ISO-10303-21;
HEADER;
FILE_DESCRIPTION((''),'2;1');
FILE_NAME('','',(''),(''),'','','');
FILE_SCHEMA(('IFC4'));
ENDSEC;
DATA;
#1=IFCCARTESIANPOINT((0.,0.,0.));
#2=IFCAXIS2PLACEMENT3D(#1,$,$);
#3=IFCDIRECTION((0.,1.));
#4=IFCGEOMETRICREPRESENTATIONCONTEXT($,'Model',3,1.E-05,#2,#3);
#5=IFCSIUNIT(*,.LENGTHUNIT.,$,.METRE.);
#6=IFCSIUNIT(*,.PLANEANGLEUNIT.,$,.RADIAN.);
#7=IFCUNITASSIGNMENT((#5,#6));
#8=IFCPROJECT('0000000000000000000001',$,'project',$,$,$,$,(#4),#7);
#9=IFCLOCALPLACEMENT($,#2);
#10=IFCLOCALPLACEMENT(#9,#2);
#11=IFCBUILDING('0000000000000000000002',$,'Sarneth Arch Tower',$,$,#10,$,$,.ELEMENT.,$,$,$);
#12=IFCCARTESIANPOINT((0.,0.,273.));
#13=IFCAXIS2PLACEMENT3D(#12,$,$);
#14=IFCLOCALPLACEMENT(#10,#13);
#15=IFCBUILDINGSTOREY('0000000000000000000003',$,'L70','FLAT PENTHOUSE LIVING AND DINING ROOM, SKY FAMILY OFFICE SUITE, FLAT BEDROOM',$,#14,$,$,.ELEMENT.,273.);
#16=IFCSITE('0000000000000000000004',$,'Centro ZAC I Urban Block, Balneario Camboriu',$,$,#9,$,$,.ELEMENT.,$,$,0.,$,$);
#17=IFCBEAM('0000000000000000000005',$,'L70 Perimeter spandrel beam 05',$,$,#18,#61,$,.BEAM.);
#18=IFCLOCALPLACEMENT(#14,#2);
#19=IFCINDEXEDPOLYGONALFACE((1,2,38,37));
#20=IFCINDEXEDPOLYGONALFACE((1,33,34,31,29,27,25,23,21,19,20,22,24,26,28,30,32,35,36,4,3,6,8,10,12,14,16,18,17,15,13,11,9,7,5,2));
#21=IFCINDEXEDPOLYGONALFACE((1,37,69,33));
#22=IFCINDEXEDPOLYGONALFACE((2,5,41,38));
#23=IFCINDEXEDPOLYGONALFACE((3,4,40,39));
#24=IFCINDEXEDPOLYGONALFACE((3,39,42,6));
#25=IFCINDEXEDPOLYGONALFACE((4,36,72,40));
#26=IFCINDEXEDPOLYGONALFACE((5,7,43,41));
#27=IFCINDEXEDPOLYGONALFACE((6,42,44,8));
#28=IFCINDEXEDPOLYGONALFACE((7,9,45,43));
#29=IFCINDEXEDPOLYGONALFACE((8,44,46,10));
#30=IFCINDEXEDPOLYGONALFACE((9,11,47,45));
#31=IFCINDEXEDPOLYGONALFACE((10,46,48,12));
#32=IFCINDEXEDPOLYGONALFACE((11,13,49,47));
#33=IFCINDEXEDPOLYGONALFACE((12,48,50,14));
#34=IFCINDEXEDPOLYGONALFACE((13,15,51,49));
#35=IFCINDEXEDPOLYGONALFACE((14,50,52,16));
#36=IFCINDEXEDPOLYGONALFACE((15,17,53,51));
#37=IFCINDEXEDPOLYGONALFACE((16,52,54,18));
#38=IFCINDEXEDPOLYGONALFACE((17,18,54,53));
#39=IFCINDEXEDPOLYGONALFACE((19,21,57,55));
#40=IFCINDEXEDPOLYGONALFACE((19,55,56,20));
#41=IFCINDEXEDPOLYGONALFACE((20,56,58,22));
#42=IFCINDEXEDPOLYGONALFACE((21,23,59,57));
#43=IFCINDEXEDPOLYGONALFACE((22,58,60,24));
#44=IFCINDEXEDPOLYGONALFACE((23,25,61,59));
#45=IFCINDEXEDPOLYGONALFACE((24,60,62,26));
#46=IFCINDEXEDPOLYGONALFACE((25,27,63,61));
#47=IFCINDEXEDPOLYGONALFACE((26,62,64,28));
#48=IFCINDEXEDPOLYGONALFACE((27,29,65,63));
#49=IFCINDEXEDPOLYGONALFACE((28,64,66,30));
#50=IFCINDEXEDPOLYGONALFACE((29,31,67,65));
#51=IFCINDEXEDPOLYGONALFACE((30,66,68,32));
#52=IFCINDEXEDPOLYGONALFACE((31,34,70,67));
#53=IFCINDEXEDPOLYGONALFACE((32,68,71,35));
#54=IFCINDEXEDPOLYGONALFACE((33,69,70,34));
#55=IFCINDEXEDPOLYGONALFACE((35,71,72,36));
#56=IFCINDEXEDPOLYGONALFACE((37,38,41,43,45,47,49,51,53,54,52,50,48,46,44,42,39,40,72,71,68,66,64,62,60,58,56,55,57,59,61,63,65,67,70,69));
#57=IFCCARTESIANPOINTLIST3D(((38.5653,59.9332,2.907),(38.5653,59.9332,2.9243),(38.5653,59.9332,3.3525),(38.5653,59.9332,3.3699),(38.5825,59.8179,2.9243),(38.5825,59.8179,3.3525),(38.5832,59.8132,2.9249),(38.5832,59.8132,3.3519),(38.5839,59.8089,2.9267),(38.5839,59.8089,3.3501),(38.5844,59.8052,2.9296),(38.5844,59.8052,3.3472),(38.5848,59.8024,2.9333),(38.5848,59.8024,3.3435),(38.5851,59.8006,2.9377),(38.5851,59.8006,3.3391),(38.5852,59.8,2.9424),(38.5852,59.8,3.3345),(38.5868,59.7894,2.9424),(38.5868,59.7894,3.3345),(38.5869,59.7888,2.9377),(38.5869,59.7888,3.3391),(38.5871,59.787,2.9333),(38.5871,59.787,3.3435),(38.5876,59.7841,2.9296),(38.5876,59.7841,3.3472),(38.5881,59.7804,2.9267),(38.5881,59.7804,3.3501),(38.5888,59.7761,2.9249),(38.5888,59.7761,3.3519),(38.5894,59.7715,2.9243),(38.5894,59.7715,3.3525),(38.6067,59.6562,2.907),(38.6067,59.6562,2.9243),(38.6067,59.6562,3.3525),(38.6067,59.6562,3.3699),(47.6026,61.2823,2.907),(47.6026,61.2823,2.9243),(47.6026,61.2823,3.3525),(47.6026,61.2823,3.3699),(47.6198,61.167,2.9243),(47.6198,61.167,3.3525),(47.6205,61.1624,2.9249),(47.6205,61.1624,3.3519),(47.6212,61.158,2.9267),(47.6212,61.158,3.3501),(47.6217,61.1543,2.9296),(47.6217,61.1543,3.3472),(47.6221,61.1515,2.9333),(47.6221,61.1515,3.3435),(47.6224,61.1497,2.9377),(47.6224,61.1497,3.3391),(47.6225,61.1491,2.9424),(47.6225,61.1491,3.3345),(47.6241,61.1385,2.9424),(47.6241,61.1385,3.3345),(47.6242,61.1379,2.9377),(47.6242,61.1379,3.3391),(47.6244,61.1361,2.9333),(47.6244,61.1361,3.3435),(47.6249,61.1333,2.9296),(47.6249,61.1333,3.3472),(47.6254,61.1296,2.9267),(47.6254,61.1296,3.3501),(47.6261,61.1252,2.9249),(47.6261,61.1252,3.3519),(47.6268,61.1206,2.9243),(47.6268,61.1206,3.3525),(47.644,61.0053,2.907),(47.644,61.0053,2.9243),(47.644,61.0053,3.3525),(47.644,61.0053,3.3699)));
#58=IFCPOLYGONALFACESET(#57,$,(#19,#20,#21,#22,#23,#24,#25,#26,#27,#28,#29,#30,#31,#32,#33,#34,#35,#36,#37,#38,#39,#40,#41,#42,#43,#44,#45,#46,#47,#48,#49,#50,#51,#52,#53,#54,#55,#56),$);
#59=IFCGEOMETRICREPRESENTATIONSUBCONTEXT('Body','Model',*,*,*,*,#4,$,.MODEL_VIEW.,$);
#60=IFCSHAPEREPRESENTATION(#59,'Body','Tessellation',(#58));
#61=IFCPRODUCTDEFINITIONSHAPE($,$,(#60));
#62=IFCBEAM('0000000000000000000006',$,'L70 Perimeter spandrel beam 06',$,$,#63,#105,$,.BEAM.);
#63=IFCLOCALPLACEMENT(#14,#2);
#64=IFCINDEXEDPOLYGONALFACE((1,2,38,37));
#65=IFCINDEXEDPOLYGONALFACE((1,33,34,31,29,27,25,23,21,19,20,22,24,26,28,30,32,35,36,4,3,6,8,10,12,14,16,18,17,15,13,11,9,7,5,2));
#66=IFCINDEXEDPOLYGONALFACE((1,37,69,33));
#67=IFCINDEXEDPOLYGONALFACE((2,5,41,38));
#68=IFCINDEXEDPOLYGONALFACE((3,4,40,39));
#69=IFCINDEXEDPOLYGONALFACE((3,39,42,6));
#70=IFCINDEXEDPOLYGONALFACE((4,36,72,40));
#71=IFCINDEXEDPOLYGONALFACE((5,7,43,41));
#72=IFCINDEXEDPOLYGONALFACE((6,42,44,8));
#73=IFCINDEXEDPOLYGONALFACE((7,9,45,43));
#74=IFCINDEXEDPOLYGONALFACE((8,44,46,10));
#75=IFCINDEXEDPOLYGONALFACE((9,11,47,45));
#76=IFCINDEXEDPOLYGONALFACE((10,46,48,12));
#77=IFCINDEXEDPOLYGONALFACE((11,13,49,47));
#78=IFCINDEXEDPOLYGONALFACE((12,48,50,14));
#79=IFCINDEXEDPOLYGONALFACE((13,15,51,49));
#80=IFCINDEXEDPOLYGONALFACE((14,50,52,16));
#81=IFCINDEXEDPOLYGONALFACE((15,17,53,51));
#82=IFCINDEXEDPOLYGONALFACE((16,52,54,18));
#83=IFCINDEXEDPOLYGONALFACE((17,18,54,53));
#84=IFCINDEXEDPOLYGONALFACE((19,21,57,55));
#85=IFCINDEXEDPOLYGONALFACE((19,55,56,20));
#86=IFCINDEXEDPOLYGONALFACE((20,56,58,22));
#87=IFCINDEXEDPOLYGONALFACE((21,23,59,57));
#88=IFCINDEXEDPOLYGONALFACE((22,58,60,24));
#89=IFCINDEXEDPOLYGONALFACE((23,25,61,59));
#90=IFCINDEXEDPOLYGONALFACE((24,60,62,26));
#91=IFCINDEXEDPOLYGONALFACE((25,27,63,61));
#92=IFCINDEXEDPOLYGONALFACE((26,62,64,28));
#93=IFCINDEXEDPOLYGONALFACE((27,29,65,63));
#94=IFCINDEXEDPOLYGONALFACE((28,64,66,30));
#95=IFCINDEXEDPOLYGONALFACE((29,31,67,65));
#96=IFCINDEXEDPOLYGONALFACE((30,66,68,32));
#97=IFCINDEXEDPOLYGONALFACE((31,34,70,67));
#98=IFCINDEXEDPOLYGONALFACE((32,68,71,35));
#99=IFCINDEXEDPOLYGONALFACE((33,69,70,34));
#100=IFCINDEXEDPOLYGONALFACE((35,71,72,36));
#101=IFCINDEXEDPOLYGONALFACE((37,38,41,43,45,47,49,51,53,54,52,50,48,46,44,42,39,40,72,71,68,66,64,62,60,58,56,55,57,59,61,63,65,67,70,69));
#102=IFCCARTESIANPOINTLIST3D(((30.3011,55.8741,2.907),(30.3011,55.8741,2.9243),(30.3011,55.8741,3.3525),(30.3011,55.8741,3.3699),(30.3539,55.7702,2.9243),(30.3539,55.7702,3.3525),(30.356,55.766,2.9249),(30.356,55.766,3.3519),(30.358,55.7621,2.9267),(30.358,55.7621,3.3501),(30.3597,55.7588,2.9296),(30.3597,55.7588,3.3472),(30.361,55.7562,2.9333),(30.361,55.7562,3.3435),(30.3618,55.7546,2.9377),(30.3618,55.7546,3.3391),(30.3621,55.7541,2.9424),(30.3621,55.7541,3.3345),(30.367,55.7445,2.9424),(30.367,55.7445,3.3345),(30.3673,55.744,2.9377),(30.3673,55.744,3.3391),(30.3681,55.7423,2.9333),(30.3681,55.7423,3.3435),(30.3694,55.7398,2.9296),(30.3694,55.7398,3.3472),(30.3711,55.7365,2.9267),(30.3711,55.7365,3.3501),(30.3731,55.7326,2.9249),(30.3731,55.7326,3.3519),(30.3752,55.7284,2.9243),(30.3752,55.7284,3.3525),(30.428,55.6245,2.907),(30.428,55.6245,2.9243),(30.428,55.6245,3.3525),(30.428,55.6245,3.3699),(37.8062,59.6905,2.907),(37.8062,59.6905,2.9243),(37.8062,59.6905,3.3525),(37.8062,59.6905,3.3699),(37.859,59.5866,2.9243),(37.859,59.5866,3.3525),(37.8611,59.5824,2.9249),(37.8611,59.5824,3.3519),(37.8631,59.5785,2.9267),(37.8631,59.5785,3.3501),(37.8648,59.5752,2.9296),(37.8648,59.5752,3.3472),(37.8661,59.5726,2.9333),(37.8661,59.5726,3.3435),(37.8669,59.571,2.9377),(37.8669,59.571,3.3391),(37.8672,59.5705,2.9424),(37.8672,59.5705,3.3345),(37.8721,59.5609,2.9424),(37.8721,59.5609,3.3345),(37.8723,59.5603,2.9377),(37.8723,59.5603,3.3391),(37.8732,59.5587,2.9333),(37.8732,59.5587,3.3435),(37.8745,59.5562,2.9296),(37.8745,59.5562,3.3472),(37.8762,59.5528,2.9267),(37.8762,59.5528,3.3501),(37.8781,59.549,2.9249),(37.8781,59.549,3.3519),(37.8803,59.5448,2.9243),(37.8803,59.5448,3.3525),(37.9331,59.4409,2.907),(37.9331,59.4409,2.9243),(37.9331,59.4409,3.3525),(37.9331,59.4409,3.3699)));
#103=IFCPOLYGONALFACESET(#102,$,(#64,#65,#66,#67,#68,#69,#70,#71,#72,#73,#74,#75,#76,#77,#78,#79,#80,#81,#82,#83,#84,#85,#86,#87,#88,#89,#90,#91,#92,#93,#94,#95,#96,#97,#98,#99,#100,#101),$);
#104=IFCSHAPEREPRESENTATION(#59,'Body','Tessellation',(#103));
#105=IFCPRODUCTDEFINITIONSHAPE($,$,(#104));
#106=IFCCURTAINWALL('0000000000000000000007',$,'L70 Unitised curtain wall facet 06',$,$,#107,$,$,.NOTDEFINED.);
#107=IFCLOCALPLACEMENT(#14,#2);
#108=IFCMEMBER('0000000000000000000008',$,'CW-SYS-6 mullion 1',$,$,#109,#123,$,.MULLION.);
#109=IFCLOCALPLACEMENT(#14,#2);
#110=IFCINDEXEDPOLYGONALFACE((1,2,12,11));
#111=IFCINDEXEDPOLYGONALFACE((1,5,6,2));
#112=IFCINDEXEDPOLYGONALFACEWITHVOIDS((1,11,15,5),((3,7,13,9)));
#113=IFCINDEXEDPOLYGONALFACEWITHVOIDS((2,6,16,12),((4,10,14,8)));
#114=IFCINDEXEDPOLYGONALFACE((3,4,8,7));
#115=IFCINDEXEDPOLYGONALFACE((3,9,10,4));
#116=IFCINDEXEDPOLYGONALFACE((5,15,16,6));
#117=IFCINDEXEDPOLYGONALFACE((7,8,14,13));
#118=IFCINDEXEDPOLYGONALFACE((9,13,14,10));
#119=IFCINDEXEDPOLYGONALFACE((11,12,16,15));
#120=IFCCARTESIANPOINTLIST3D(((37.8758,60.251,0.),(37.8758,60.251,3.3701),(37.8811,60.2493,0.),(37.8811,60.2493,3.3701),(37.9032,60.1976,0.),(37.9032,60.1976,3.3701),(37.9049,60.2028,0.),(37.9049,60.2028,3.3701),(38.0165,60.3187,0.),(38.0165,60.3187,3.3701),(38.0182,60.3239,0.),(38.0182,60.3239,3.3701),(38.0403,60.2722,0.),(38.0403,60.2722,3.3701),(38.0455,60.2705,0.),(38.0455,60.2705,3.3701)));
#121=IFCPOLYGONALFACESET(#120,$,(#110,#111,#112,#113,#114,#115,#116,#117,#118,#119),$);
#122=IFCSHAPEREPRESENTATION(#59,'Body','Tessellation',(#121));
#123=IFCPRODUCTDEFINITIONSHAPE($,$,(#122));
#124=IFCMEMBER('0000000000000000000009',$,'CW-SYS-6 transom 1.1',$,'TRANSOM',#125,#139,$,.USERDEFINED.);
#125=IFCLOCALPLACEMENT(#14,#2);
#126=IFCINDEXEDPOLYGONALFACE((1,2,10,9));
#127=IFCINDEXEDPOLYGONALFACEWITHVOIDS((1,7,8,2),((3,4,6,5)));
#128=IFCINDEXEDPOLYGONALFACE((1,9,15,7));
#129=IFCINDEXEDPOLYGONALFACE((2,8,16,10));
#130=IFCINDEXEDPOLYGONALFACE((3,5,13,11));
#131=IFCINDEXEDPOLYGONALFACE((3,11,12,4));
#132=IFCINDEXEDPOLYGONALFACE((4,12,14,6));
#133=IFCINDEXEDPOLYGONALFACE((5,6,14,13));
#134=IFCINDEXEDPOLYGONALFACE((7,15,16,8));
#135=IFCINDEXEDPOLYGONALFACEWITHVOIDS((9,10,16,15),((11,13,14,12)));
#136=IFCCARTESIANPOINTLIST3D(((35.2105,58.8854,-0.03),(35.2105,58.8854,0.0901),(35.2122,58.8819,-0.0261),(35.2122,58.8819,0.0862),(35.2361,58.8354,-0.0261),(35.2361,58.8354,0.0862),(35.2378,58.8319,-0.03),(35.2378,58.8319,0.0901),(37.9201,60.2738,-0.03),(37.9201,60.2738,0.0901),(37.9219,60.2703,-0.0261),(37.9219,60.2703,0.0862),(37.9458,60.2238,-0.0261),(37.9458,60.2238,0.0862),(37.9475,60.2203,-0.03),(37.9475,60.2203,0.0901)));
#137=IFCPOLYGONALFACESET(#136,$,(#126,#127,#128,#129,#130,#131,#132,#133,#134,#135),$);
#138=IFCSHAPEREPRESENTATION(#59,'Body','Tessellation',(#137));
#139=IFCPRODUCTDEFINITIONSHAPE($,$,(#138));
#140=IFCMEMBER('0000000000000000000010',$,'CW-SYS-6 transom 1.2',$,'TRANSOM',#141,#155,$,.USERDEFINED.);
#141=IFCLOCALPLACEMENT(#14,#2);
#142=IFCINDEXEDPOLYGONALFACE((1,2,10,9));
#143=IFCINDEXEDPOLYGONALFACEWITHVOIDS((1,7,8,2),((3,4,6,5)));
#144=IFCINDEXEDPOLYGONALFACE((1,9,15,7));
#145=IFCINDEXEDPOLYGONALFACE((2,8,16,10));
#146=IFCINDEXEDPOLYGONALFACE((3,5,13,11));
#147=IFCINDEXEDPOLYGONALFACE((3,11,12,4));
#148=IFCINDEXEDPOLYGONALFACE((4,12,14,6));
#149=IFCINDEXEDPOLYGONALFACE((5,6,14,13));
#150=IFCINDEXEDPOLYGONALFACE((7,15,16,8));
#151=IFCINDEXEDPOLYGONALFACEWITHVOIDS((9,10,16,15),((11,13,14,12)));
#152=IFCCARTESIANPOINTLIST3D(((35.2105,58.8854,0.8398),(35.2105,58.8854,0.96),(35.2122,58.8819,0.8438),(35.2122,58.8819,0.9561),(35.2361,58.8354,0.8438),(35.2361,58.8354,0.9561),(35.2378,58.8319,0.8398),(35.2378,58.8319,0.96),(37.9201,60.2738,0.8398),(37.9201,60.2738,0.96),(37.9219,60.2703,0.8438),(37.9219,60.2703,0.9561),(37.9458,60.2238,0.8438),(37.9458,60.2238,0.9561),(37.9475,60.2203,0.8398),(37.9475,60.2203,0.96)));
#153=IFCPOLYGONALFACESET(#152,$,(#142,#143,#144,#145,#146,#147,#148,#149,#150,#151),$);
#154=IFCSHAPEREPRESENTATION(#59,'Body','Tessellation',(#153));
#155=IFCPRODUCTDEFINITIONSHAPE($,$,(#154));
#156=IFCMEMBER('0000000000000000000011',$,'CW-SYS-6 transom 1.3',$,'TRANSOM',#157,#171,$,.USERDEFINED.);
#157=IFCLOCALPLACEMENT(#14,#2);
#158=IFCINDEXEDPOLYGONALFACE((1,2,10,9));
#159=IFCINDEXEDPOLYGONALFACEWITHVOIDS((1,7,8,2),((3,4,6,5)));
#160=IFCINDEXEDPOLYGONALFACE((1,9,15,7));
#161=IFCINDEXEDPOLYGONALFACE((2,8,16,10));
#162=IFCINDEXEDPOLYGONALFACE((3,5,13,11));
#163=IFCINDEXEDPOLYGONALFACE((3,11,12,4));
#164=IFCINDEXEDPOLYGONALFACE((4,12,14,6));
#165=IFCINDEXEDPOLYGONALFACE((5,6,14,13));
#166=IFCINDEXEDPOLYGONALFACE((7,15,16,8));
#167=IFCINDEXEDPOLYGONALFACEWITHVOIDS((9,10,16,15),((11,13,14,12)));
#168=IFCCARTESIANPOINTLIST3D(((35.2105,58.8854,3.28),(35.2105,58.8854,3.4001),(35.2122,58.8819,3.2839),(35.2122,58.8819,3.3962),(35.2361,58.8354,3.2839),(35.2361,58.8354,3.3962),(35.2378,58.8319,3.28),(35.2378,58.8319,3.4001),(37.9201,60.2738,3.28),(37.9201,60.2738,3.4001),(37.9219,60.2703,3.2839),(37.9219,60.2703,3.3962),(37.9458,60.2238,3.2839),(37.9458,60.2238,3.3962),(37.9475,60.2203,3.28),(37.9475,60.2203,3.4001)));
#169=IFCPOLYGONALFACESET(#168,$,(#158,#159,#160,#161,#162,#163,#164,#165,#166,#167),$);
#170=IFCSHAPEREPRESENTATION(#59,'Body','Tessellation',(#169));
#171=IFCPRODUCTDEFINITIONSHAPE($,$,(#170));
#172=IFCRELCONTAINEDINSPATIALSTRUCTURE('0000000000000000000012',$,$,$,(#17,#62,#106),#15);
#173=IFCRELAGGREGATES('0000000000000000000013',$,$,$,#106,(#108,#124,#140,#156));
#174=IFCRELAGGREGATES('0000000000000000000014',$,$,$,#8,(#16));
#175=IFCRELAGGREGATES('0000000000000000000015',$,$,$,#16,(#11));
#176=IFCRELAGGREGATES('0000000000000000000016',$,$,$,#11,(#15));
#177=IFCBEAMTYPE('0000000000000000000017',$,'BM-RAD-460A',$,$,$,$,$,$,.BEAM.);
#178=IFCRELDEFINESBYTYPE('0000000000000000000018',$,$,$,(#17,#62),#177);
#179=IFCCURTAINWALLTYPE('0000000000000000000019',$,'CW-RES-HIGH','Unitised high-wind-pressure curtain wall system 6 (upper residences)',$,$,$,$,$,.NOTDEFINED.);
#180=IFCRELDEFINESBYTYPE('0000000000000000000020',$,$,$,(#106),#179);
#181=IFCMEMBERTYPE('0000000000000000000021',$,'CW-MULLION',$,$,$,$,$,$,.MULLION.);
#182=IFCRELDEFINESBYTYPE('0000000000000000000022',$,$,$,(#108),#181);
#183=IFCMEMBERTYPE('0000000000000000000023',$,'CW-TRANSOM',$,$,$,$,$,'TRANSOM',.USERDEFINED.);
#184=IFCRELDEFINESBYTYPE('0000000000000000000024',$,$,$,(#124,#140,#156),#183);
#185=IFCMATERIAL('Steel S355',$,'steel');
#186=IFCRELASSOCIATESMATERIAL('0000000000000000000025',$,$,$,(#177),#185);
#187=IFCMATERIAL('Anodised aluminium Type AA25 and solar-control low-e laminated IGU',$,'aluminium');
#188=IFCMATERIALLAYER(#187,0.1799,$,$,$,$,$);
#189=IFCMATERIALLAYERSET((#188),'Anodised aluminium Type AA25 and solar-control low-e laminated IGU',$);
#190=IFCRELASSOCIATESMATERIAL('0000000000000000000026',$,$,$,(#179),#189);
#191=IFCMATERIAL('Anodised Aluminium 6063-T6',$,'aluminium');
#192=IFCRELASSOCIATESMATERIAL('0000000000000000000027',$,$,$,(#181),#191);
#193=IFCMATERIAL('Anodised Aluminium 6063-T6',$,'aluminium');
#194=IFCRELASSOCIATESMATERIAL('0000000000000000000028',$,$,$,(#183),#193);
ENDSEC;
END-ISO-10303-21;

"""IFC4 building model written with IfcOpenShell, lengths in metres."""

from ifc_helpers import new_model, si_unit, direction, frame, origin, origin_2d, place, context, subcontext, project, spatial, hollow_rectangle, i_section, extrude, material, layer, layer_set, material_profile, profile_set, type_object, element, aggregate, save


model = new_model("IFC4")

# Units and contexts
model_context = context("Model", 3, precision=1e-05, world=origin(), true_north=direction((0.0, 1.0)))
body_context = subcontext(model_context, "Body", "Model", "MODEL_VIEW")
ifc_project = project(units=[si_unit("LENGTHUNIT", "METRE"), si_unit("PLANEANGLEUNIT", "RADIAN")], contexts=[model_context])

# Site, building, storey
site_placement = place(None, origin())
site = spatial("IfcSite", under=ifc_project, at=site_placement, Name="Centro ZAC I Urban Block, Balneario Camboriu", CompositionType="ELEMENT", RefElevation=0.0)
building_placement = place(site_placement, origin())
building = spatial("IfcBuilding", under=site, at=building_placement, Name="Sarneth Arch Tower", CompositionType="ELEMENT")
storey_placement = place(building_placement, frame((0.0, 0.0, 273.0)))
storey = spatial("IfcBuildingStorey", under=building, at=storey_placement, Name="L70", Description="FLAT PENTHOUSE LIVING AND DINING ROOM, SKY FAMILY OFFICE SUITE, FLAT BEDROOM", CompositionType="ELEMENT", Elevation=273.0)

# Beams
ifc_material_1 = material(Name="Steel S355", Category="steel")
ifc_material_profile_1 = material_profile(ifc_material_1, i_section(OverallWidth=0.28, OverallDepth=0.4629, WebThickness=0.0107, FlangeThickness=0.0173, FilletRadius=0.0181, at=origin_2d()), Name="W460x113")
ifc_profile_set_1 = profile_set([ifc_material_profile_1], Name="Steel S355")
beam_type_1 = type_object("IfcBeamType", Name="BM-RAD-460A", PredefinedType="BEAM", material=ifc_profile_set_1)
beam_1_placement = place(storey_placement, frame((47.6233, 61.1438, 3.1384), z_axis=(-0.98904, -0.147647, 0.0), x_axis=(0.147647, -0.98904, 0.0)))
element("IfcBeam", 1, at=beam_1_placement, inside=storey, type_object=beam_type_1, Name="L70 Perimeter spandrel beam 05", PredefinedType="BEAM", context=body_context, shape_type="SweptSolid", body=[
    extrude(i_section(OverallWidth=0.28, OverallDepth=0.4629, WebThickness=0.0107, FlangeThickness=0.0173, FilletRadius=0.0181, at=origin_2d()), origin(), (0.0, 0.0, 1.0), 9.1375),
])
beam_2_placement = place(storey_placement, frame((37.8696, 59.5657, 3.1384), z_axis=(-0.891374, -0.453269, 0.0), x_axis=(0.453269, -0.891374, 0.0)))
element("IfcBeam", 2, at=beam_2_placement, inside=storey, type_object=beam_type_1, Name="L70 Perimeter spandrel beam 06", PredefinedType="BEAM", context=body_context, shape_type="SweptSolid", body=[
    extrude(i_section(OverallWidth=0.28, OverallDepth=0.4629, WebThickness=0.0107, FlangeThickness=0.0173, FilletRadius=0.0181, at=origin_2d()), origin(), (0.0, 0.0, 1.0), 8.4197),
])

# Curtain wall, members
ifc_material_2 = material(Name="Anodised aluminium Type AA25 and solar-control low-e laminated IGU", Category="aluminium")
ifc_layer_1 = layer(ifc_material_2, 0.1799)
ifc_layer_set_1 = layer_set([ifc_layer_1], Name="Anodised aluminium Type AA25 and solar-control low-e laminated IGU")
curtain_wall_type = type_object("IfcCurtainWallType", Name="CW-RES-HIGH", Description="Unitised high-wind-pressure curtain wall system 6 (upper residences)", PredefinedType="NOTDEFINED", material=ifc_layer_set_1)
curtain_wall_placement = place(storey_placement, origin())
curtain_wall = element("IfcCurtainWall", 3, at=curtain_wall_placement, inside=storey, type_object=curtain_wall_type, Name="L70 Unitised curtain wall facet 06", PredefinedType="NOTDEFINED")
ifc_material_3 = material(Name="Anodised Aluminium 6063-T6", Category="aluminium")
ifc_material_profile_2 = material_profile(ifc_material_3, hollow_rectangle(XDim=0.0601, YDim=0.1599, WallThickness=0.0039, at=origin_2d()), Name="AL-MULL-160x60x4")
ifc_profile_set_2 = profile_set([ifc_material_profile_2], Name="Anodised Aluminium 6063-T6")
member_type_1 = type_object("IfcMemberType", Name="CW-MULLION", PredefinedType="MULLION", material=ifc_profile_set_2)
member_1_placement = place(storey_placement, frame((37.9607, 60.2607, 0.0), z_axis=(0.0, 0.0, 1.0), x_axis=(0.455942, -0.89001, 0.0)))
member_1 = element("IfcMember", 4, at=member_1_placement, type_object=member_type_1, Name="CW-SYS-6 mullion 1", PredefinedType="MULLION", context=body_context, shape_type="SweptSolid", body=[
    extrude(hollow_rectangle(XDim=0.0601, YDim=0.1599, WallThickness=0.0039, at=origin_2d()), origin(), (0.0, 0.0, 1.0), 3.3701),
])
ifc_material_4 = material(Name="Anodised Aluminium 6063-T6", Category="aluminium")
ifc_material_profile_3 = material_profile(ifc_material_4, hollow_rectangle(XDim=0.0601, YDim=0.1201, WallThickness=0.0039, at=origin_2d()), Name="AL-TRAN-120x60x4")
ifc_profile_set_3 = profile_set([ifc_material_profile_3], Name="Anodised Aluminium 6063-T6")
member_type_2 = type_object("IfcMemberType", Name="CW-TRANSOM", ElementType="TRANSOM", PredefinedType="USERDEFINED", material=ifc_profile_set_3)
member_2_placement = place(storey_placement, frame((37.9338, 60.2471, 0.03), z_axis=(-0.889974, -0.456012, 0.0), x_axis=(0.456012, -0.889974, 0.0)))
member_2 = element("IfcMember", 5, at=member_2_placement, type_object=member_type_2, Name="CW-SYS-6 transom 1.1", ObjectType="TRANSOM", PredefinedType="USERDEFINED", context=body_context, shape_type="SweptSolid", body=[
    extrude(hollow_rectangle(XDim=0.0601, YDim=0.1201, WallThickness=0.0039, at=origin_2d()), origin(), (0.0, 0.0, 1.0), 3.0447),
])
member_3_placement = place(storey_placement, frame((37.9338, 60.2471, 0.8999), z_axis=(-0.889974, -0.456012, 0.0), x_axis=(0.456012, -0.889974, 0.0)))
member_3 = element("IfcMember", 6, at=member_3_placement, type_object=member_type_2, Name="CW-SYS-6 transom 1.2", ObjectType="TRANSOM", PredefinedType="USERDEFINED", context=body_context, shape_type="SweptSolid", body=[
    extrude(hollow_rectangle(XDim=0.0601, YDim=0.1201, WallThickness=0.0039, at=origin_2d()), origin(), (0.0, 0.0, 1.0), 3.0447),
])
member_4_placement = place(storey_placement, frame((37.9338, 60.2471, 3.3401), z_axis=(-0.889974, -0.456012, 0.0), x_axis=(0.456012, -0.889974, 0.0)))
member_4 = element("IfcMember", 7, at=member_4_placement, type_object=member_type_2, Name="CW-SYS-6 transom 1.3", ObjectType="TRANSOM", PredefinedType="USERDEFINED", context=body_context, shape_type="SweptSolid", body=[
    extrude(hollow_rectangle(XDim=0.0601, YDim=0.1201, WallThickness=0.0039, at=origin_2d()), origin(), (0.0, 0.0, 1.0), 3.0447),
])

aggregate(curtain_wall, [member_1, member_2, member_3, member_4])

save(model, "model.ifc")
